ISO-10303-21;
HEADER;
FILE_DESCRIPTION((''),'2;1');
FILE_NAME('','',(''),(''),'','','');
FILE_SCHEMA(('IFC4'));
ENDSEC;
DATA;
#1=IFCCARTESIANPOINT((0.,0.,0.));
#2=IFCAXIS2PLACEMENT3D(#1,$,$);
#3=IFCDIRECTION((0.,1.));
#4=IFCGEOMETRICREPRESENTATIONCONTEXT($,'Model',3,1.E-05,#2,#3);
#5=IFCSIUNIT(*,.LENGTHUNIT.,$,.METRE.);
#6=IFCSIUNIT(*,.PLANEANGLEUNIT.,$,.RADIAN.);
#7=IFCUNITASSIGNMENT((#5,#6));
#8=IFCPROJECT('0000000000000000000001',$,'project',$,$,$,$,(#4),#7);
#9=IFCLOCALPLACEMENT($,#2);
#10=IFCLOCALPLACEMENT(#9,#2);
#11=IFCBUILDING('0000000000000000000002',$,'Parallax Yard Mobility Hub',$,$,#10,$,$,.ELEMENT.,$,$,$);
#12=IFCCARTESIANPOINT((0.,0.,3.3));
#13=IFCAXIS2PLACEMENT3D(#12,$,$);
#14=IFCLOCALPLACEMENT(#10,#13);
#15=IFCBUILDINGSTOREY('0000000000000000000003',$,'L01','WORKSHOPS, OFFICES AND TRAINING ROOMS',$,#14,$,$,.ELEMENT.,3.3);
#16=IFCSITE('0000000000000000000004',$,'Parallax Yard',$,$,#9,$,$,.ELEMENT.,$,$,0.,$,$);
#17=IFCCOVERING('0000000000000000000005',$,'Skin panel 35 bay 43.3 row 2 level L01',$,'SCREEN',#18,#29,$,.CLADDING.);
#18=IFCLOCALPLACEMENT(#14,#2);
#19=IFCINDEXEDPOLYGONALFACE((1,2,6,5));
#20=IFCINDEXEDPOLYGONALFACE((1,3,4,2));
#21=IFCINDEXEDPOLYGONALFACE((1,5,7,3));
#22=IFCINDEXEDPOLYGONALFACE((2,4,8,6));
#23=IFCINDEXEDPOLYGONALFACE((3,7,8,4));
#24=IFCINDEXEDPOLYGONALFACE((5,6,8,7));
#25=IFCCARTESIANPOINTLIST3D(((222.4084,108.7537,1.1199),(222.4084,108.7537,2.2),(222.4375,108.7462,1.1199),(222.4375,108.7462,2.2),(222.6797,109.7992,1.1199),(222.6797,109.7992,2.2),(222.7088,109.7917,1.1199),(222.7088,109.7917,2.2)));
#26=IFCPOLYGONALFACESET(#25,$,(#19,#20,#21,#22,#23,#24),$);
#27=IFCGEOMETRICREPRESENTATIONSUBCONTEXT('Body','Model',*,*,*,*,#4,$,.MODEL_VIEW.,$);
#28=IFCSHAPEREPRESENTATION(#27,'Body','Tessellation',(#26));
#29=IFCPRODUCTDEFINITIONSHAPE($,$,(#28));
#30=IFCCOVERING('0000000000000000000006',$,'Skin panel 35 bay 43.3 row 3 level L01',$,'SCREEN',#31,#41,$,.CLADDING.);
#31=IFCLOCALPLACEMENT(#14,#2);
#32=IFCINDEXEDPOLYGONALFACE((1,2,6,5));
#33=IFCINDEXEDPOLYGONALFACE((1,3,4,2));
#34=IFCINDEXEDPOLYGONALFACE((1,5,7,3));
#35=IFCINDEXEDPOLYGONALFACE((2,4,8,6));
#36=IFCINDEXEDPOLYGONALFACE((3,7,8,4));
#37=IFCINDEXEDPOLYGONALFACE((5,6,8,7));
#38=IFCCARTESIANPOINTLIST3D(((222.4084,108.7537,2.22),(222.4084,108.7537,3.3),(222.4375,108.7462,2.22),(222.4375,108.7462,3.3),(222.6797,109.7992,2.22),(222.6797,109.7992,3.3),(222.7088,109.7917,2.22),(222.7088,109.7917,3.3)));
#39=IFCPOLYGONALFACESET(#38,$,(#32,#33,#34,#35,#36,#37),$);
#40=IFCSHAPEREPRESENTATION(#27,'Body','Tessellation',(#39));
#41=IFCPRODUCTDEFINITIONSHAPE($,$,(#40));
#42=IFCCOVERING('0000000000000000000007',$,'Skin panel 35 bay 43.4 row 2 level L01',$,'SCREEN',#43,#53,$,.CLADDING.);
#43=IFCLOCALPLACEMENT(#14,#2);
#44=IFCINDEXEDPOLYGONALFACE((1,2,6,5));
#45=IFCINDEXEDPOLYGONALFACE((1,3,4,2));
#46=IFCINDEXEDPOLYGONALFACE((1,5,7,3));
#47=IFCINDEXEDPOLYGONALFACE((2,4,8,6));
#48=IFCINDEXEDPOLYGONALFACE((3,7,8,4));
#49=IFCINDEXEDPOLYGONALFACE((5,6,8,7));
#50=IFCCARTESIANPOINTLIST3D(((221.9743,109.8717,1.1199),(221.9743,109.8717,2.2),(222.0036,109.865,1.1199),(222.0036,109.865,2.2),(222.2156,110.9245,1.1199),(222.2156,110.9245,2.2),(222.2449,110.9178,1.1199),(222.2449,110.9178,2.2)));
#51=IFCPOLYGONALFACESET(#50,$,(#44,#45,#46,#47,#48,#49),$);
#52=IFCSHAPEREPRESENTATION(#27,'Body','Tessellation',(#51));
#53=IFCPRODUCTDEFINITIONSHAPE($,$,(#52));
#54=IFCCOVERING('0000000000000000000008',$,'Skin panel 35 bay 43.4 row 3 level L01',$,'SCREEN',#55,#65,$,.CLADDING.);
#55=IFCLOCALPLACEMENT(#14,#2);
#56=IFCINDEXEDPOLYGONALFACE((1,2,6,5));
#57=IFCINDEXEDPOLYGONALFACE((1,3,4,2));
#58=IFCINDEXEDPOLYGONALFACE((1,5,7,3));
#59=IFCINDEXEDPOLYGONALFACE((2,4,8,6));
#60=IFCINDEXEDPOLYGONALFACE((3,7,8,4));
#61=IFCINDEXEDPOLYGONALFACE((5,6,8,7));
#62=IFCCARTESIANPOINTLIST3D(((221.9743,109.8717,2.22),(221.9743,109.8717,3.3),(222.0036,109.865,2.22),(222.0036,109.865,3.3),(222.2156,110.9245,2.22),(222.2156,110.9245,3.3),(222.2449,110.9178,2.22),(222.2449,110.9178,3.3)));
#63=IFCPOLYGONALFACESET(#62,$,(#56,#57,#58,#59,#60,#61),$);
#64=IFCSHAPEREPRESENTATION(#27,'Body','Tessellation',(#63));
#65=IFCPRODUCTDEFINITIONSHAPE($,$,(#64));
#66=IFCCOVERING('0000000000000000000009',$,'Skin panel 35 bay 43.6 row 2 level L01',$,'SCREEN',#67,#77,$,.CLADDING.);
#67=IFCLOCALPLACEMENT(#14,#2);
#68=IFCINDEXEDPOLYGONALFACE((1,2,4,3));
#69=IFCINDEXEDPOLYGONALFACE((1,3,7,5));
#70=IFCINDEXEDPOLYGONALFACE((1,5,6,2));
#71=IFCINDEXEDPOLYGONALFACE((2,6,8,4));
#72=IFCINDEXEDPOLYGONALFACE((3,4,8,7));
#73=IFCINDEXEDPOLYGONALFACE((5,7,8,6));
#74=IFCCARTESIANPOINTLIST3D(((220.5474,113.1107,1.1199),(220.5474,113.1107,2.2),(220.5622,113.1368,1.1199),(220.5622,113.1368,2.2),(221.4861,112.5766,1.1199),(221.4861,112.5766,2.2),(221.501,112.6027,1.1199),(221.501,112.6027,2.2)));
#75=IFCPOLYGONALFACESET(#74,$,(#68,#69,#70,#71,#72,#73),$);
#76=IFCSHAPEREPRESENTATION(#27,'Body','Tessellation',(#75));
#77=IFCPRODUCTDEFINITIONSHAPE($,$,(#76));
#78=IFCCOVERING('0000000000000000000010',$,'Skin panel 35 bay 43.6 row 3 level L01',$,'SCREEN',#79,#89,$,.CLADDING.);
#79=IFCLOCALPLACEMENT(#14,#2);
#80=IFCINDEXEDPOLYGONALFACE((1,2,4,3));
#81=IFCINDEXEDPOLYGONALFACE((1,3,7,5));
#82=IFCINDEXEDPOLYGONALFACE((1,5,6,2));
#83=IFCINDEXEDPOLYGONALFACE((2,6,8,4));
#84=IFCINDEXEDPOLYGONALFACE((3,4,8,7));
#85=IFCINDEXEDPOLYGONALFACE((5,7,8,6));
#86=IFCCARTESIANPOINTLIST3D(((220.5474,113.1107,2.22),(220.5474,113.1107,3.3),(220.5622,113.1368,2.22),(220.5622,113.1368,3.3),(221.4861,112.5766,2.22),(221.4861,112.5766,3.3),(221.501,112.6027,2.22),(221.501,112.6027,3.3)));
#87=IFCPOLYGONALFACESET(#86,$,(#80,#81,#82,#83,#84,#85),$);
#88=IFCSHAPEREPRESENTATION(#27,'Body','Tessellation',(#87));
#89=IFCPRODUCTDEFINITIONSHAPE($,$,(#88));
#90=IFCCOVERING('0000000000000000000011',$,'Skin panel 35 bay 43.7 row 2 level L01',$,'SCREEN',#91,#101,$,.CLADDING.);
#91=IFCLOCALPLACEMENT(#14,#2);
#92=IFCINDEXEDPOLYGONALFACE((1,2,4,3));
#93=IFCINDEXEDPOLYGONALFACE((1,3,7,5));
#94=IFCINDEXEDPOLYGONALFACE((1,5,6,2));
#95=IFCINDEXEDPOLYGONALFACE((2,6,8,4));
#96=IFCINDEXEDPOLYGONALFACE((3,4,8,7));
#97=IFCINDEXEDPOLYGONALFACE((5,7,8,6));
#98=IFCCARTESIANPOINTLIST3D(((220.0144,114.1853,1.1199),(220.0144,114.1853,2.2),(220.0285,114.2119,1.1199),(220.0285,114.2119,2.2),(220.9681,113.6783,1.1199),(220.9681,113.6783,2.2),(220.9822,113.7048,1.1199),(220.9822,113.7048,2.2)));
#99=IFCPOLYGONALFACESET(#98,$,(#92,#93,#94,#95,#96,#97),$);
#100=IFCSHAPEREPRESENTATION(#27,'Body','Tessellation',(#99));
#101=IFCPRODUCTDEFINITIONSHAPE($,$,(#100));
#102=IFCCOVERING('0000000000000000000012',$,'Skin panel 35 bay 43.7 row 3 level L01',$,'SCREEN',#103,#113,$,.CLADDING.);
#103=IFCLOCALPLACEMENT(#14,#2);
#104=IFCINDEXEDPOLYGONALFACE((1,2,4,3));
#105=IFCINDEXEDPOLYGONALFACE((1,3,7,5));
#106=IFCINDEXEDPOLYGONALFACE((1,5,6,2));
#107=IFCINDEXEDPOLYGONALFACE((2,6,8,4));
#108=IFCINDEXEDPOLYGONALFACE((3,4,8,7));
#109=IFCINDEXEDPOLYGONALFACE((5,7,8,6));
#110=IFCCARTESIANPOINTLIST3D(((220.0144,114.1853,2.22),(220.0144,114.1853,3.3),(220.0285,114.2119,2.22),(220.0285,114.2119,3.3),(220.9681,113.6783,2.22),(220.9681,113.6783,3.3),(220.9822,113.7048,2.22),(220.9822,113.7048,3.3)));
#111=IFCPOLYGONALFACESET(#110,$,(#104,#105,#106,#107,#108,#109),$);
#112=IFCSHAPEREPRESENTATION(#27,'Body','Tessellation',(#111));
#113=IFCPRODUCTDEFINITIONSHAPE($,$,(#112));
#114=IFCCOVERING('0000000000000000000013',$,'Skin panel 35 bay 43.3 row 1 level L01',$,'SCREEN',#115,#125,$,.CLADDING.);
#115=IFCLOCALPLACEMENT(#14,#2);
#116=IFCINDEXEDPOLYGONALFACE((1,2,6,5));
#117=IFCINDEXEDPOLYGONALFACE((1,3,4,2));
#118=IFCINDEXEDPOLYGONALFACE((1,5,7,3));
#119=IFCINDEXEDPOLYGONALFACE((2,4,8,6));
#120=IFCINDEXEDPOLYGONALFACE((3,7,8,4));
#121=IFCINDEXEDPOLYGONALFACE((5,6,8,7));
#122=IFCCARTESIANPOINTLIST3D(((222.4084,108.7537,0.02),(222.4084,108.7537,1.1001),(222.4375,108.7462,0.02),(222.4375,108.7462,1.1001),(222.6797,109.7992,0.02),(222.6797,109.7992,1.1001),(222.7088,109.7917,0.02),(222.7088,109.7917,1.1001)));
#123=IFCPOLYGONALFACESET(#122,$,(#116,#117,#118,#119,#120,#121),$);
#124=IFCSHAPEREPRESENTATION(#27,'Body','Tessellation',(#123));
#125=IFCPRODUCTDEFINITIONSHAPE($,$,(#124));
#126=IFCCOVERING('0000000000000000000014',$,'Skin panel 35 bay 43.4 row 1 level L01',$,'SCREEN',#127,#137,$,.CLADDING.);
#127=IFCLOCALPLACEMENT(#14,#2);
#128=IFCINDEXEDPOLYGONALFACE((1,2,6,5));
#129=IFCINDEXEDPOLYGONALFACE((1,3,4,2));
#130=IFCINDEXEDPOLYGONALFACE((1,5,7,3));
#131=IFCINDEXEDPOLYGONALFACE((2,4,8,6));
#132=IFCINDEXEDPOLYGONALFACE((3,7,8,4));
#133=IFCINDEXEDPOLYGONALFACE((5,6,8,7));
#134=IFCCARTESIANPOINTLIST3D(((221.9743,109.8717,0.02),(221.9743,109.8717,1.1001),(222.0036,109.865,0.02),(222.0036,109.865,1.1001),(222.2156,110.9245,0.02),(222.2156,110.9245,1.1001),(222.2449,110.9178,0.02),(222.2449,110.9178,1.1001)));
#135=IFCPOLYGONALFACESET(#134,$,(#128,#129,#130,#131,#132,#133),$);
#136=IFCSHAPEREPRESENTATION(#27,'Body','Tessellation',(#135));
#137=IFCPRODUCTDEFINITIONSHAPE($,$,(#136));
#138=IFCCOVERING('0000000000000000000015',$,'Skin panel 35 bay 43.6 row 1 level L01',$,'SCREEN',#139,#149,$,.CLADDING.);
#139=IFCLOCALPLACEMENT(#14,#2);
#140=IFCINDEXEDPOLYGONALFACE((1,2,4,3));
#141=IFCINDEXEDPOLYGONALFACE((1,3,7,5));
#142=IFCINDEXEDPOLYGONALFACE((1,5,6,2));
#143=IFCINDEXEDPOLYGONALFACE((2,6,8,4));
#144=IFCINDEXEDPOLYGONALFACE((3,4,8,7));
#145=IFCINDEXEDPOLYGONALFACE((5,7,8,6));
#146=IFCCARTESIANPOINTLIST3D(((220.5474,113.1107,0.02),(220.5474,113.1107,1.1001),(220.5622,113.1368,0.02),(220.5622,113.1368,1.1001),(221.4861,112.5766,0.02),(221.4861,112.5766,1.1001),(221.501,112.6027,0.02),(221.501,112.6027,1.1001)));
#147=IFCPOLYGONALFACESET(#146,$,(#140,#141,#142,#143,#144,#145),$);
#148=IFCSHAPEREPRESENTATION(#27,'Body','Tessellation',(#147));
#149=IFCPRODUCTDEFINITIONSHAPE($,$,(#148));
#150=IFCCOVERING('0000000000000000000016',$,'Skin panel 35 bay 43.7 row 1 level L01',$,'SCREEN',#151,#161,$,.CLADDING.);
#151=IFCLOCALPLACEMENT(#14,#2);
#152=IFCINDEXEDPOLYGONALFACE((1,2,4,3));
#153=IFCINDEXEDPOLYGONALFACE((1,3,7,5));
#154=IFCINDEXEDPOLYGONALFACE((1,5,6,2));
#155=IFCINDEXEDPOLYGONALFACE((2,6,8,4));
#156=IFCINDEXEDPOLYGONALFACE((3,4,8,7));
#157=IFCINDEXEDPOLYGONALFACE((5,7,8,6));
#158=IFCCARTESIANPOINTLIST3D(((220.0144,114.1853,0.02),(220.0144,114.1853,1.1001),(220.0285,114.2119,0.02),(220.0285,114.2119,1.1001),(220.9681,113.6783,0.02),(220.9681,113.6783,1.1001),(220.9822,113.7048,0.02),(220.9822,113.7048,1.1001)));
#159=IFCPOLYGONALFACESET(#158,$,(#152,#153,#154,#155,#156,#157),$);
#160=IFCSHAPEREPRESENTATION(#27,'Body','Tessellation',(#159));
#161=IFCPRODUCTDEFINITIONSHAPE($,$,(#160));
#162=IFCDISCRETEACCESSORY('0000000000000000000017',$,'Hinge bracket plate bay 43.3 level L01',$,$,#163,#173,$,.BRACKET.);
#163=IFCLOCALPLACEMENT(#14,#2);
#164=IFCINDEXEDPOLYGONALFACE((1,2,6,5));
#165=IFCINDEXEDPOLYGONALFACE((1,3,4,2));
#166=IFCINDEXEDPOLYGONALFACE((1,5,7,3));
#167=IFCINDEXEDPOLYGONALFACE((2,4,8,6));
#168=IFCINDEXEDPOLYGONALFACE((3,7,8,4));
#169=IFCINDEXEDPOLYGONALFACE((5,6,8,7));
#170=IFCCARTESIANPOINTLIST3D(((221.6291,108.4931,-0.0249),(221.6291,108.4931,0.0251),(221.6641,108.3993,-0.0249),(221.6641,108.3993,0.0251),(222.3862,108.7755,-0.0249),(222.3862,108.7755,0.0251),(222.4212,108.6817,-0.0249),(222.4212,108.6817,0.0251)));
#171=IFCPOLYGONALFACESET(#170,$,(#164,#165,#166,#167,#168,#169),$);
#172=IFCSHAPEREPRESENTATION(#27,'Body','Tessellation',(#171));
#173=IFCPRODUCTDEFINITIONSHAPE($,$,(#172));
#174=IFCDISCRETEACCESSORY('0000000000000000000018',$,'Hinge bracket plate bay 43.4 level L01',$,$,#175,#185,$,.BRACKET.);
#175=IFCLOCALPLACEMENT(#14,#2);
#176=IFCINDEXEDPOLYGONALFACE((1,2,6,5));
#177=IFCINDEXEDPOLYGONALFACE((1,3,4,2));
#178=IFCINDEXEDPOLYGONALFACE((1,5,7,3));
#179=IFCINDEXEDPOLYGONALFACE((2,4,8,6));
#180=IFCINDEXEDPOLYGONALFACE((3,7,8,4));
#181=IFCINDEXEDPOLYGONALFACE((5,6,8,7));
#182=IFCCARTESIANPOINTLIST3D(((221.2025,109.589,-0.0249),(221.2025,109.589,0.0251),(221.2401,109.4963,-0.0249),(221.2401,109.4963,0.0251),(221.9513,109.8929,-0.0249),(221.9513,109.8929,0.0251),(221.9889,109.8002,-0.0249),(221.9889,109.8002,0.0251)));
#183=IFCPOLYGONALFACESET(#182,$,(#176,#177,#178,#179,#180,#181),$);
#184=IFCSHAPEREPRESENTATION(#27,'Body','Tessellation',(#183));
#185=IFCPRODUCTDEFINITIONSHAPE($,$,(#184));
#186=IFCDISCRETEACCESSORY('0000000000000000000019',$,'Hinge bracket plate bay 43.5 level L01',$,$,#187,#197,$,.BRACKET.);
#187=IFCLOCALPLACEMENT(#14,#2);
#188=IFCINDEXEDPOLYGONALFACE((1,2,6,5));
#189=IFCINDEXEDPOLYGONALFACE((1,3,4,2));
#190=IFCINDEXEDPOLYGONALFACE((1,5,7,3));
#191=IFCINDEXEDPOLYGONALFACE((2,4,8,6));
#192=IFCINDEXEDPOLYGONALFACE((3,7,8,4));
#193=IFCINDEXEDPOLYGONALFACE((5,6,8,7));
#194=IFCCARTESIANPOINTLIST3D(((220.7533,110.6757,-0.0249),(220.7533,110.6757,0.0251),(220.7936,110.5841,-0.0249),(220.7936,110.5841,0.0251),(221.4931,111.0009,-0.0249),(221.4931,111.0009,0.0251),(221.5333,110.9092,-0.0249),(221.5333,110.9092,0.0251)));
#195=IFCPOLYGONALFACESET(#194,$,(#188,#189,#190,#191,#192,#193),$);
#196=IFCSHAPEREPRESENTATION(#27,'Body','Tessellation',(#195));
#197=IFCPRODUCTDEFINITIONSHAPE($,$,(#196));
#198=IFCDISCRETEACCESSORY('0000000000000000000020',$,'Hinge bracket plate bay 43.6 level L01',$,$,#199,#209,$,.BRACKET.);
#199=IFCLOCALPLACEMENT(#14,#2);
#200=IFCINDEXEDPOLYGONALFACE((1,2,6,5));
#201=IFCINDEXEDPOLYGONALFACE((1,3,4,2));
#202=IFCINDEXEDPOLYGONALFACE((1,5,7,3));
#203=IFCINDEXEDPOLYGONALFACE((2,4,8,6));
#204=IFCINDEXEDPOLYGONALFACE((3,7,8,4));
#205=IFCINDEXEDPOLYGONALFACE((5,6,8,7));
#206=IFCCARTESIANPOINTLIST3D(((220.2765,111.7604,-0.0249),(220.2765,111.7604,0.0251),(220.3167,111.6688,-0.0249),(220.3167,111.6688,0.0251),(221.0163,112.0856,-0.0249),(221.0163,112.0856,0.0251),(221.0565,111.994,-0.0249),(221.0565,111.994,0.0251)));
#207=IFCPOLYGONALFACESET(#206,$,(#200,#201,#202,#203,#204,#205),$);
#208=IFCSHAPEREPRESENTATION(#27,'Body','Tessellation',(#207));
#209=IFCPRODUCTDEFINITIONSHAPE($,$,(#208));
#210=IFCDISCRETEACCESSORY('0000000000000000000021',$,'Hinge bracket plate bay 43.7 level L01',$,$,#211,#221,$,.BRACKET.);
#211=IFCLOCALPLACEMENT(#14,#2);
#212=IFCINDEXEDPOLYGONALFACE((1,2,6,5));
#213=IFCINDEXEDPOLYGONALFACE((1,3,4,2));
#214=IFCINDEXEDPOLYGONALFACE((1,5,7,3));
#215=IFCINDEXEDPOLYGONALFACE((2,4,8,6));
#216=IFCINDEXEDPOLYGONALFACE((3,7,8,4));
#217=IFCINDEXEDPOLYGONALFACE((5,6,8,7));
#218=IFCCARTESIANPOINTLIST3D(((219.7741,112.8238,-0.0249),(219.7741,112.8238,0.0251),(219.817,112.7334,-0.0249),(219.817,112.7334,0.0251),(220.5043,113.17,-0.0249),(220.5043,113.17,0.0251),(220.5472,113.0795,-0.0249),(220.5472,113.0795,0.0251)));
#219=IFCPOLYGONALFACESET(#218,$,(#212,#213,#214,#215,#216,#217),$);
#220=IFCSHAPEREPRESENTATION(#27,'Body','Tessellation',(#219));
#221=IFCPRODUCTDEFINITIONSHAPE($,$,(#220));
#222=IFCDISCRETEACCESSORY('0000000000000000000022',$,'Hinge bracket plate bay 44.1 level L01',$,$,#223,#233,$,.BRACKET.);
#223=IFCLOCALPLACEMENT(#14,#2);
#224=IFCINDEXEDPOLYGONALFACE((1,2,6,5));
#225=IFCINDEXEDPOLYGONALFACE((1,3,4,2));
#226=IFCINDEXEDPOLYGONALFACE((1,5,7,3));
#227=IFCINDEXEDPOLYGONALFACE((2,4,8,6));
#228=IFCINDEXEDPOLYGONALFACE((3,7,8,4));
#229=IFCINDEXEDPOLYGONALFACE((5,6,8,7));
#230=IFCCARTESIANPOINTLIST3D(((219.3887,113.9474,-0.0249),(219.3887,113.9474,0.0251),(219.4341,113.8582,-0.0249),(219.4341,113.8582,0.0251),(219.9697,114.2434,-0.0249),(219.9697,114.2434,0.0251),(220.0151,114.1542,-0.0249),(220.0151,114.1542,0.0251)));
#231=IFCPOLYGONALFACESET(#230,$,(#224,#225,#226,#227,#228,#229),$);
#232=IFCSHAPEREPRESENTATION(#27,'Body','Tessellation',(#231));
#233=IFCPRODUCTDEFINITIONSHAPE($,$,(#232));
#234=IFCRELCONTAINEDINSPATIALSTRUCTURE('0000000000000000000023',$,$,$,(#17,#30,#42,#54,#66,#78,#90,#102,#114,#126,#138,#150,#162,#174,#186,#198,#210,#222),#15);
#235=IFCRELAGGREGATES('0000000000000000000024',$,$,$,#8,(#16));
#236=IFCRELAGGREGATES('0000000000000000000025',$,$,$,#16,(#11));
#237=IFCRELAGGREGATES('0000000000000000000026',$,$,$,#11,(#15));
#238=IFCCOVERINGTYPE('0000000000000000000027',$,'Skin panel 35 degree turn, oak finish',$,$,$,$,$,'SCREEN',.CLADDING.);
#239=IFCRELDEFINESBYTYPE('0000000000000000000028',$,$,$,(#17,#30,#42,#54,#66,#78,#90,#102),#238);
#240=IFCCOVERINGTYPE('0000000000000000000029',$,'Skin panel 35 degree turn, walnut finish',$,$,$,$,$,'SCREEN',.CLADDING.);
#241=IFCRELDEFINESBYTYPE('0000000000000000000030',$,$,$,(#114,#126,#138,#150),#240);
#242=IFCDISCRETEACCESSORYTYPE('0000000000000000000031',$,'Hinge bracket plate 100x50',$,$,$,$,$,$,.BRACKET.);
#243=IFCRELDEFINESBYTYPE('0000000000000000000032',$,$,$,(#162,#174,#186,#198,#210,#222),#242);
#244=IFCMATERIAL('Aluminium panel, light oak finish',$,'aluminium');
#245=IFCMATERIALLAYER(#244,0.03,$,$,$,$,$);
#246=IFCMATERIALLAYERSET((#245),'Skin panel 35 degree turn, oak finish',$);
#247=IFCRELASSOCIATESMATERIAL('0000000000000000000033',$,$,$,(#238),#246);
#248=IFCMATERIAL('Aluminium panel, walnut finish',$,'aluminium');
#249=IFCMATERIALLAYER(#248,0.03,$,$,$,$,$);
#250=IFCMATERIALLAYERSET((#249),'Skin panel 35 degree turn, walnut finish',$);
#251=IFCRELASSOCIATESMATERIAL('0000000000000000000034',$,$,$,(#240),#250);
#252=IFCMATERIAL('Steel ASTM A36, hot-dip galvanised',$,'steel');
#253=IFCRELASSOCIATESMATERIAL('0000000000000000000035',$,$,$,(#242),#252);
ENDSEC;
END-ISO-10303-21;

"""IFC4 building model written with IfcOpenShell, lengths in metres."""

from ifc_helpers import new_model, si_unit, direction, frame, origin, origin_2d, place, context, subcontext, project, spatial, rectangle, extrude, material, layer, layer_set, type_object, element, save


model = new_model("IFC4")

# Units and contexts
model_context = context("Model", 3, precision=1e-05, world=origin(), true_north=direction((0.0, 1.0)))
body_context = subcontext(model_context, "Body", "Model", "MODEL_VIEW")
ifc_project = project(units=[si_unit("LENGTHUNIT", "METRE"), si_unit("PLANEANGLEUNIT", "RADIAN")], contexts=[model_context])

# Site, building, storey
site_placement = place(None, origin())
site = spatial("IfcSite", under=ifc_project, at=site_placement, Name="Parallax Yard", CompositionType="ELEMENT", RefElevation=0.0)
building_placement = place(site_placement, origin())
building = spatial("IfcBuilding", under=site, at=building_placement, Name="Parallax Yard Mobility Hub", CompositionType="ELEMENT")
storey_placement = place(building_placement, frame((0.0, 0.0, 3.3)))
storey = spatial("IfcBuildingStorey", under=building, at=storey_placement, Name="L01", Description="WORKSHOPS, OFFICES AND TRAINING ROOMS", CompositionType="ELEMENT", Elevation=3.3)

# Coverings
ifc_material_1 = material(Name="Aluminium panel, light oak finish", Category="aluminium")
ifc_material_2 = material(Name="Aluminium panel, walnut finish", Category="aluminium")
ifc_layer_1 = layer(ifc_material_1, 0.03)
ifc_layer_set_1 = layer_set([ifc_layer_1], Name="Skin panel 35 degree turn, oak finish")
covering_type_1 = type_object("IfcCoveringType", Name="Skin panel 35 degree turn, oak finish", ElementType="SCREEN", PredefinedType="CLADDING", material=ifc_layer_set_1)
for number, where, z_axis, x_axis, name in (
    (1, (222.5586, 109.2727, 1.1199), (0.0, 0.0, 1.0), (0.251149, 0.967949, 0.0), "Skin panel 35 bay 43.3 row 2 level L01"),
    (2, (222.5586, 109.2727, 2.22), (0.0, 0.0, 1.0), (0.251149, 0.967949, 0.0), "Skin panel 35 bay 43.3 row 3 level L01"),
    (3, (222.1096, 110.3948, 1.1199), (0.0, 0.0, 1.0), (0.223405, 0.974726, 0.0), "Skin panel 35 bay 43.4 row 2 level L01"),
    (4, (222.1096, 110.3948, 2.22), (0.0, 0.0, 1.0), (0.223405, 0.974726, 0.0), "Skin panel 35 bay 43.4 row 3 level L01"),
    (5, (221.0242, 112.8567, 1.1199), (0.0, 0.0, 1.0), (0.869181, -0.494494, 0.0), "Skin panel 35 bay 43.6 row 2 level L01"),
    (6, (221.0242, 112.8567, 2.22), (0.0, 0.0, 1.0), (0.869181, -0.494494, 0.0), "Skin panel 35 bay 43.6 row 3 level L01"),
    (7, (220.4983, 113.9451, 1.1199), (0.0, 0.0, 1.0), (0.882948, -0.469472, 0.0), "Skin panel 35 bay 43.7 row 2 level L01"),
    (8, (220.4983, 113.9451, 2.22), (0.0, 0.0, 1.0), (0.882948, -0.469472, 0.0), "Skin panel 35 bay 43.7 row 3 level L01"),
):
    element("IfcCovering", number, at=place(storey_placement, frame(where, z_axis=z_axis, x_axis=x_axis)), inside=storey, type_object=covering_type_1, Name=name, ObjectType="SCREEN", PredefinedType="CLADDING", context=body_context, shape_type="SweptSolid", body=[
        extrude(rectangle(XDim=1.0801, YDim=0.03, at=origin_2d()), origin(), (0.0, 0.0, 1.0), 1.0801),
    ])
ifc_layer_2 = layer(ifc_material_2, 0.03)
ifc_layer_set_2 = layer_set([ifc_layer_2], Name="Skin panel 35 degree turn, walnut finish")
covering_type_2 = type_object("IfcCoveringType", Name="Skin panel 35 degree turn, walnut finish", ElementType="SCREEN", PredefinedType="CLADDING", material=ifc_layer_set_2)
for number, where, z_axis, x_axis, name in (
    (9, (222.5586, 109.2727, 0.02), (0.0, 0.0, 1.0), (0.251149, 0.967949, 0.0), "Skin panel 35 bay 43.3 row 1 level L01"),
    (10, (222.1096, 110.3948, 0.02), (0.0, 0.0, 1.0), (0.223405, 0.974726, 0.0), "Skin panel 35 bay 43.4 row 1 level L01"),
    (11, (221.0242, 112.8567, 0.02), (0.0, 0.0, 1.0), (0.869181, -0.494494, 0.0), "Skin panel 35 bay 43.6 row 1 level L01"),
    (12, (220.4983, 113.9451, 0.02), (0.0, 0.0, 1.0), (0.882948, -0.469472, 0.0), "Skin panel 35 bay 43.7 row 1 level L01"),
):
    element("IfcCovering", number, at=place(storey_placement, frame(where, z_axis=z_axis, x_axis=x_axis)), inside=storey, type_object=covering_type_2, Name=name, ObjectType="SCREEN", PredefinedType="CLADDING", context=body_context, shape_type="SweptSolid", body=[
        extrude(rectangle(XDim=1.0801, YDim=0.03, at=origin_2d()), origin(), (0.0, 0.0, 1.0), 1.0801),
    ])

# Discrete accessories
ifc_material_3 = material(Name="Steel ASTM A36, hot-dip galvanised", Category="steel")
discrete_accessory_type_1 = type_object("IfcDiscreteAccessoryType", Name="Hinge bracket plate 100x50", PredefinedType="BRACKET", material=ifc_material_3)
for number, where, z_axis, x_axis, name in (
    (13, (222.0251, 108.5874, -0.0249), (0.0, 0.0, 1.0), (0.93695, 0.349463, 0.0), "Hinge bracket plate bay 43.3 level L01"),
    (14, (221.5957, 109.6946, -0.0249), (0.0, 0.0, 1.0), (0.926588, 0.376077, 0.0), "Hinge bracket plate bay 43.4 level L01"),
    (15, (221.1433, 110.7925, -0.0249), (0.0, 0.0, 1.0), (0.915471, 0.402384, 0.0), "Hinge bracket plate bay 43.5 level L01"),
    (16, (220.6665, 111.8772, -0.0249), (0.0, 0.0, 1.0), (0.915471, 0.402384, 0.0), "Hinge bracket plate bay 43.6 level L01"),
    (17, (220.1606, 112.9517, -0.0249), (0.0, 0.0, 1.0), (0.903608, 0.428361, 0.0), "Hinge bracket plate bay 43.7 level L01"),
):
    element("IfcDiscreteAccessory", number, at=place(storey_placement, frame(where, z_axis=z_axis, x_axis=x_axis)), inside=storey, type_object=discrete_accessory_type_1, Name=name, PredefinedType="BRACKET", context=body_context, shape_type="SweptSolid", body=[
        extrude(rectangle(XDim=0.8081, YDim=0.1001, at=origin_2d()), origin(), (0.0, 0.0, 1.0), 0.05),
    ])
discrete_accessory_placement = place(storey_placement, frame((219.7019, 114.0508, -0.0249), z_axis=(0.0, 0.0, 1.0), x_axis=(0.891007, 0.45399, 0.0)))
element("IfcDiscreteAccessory", 18, at=discrete_accessory_placement, inside=storey, type_object=discrete_accessory_type_1, Name="Hinge bracket plate bay 44.1 level L01", PredefinedType="BRACKET", context=body_context, shape_type="SweptSolid", body=[
    extrude(rectangle(XDim=0.6521, YDim=0.1001, at=origin_2d()), origin(), (0.0, 0.0, 1.0), 0.05),
])

save(model, "model.ifc")
